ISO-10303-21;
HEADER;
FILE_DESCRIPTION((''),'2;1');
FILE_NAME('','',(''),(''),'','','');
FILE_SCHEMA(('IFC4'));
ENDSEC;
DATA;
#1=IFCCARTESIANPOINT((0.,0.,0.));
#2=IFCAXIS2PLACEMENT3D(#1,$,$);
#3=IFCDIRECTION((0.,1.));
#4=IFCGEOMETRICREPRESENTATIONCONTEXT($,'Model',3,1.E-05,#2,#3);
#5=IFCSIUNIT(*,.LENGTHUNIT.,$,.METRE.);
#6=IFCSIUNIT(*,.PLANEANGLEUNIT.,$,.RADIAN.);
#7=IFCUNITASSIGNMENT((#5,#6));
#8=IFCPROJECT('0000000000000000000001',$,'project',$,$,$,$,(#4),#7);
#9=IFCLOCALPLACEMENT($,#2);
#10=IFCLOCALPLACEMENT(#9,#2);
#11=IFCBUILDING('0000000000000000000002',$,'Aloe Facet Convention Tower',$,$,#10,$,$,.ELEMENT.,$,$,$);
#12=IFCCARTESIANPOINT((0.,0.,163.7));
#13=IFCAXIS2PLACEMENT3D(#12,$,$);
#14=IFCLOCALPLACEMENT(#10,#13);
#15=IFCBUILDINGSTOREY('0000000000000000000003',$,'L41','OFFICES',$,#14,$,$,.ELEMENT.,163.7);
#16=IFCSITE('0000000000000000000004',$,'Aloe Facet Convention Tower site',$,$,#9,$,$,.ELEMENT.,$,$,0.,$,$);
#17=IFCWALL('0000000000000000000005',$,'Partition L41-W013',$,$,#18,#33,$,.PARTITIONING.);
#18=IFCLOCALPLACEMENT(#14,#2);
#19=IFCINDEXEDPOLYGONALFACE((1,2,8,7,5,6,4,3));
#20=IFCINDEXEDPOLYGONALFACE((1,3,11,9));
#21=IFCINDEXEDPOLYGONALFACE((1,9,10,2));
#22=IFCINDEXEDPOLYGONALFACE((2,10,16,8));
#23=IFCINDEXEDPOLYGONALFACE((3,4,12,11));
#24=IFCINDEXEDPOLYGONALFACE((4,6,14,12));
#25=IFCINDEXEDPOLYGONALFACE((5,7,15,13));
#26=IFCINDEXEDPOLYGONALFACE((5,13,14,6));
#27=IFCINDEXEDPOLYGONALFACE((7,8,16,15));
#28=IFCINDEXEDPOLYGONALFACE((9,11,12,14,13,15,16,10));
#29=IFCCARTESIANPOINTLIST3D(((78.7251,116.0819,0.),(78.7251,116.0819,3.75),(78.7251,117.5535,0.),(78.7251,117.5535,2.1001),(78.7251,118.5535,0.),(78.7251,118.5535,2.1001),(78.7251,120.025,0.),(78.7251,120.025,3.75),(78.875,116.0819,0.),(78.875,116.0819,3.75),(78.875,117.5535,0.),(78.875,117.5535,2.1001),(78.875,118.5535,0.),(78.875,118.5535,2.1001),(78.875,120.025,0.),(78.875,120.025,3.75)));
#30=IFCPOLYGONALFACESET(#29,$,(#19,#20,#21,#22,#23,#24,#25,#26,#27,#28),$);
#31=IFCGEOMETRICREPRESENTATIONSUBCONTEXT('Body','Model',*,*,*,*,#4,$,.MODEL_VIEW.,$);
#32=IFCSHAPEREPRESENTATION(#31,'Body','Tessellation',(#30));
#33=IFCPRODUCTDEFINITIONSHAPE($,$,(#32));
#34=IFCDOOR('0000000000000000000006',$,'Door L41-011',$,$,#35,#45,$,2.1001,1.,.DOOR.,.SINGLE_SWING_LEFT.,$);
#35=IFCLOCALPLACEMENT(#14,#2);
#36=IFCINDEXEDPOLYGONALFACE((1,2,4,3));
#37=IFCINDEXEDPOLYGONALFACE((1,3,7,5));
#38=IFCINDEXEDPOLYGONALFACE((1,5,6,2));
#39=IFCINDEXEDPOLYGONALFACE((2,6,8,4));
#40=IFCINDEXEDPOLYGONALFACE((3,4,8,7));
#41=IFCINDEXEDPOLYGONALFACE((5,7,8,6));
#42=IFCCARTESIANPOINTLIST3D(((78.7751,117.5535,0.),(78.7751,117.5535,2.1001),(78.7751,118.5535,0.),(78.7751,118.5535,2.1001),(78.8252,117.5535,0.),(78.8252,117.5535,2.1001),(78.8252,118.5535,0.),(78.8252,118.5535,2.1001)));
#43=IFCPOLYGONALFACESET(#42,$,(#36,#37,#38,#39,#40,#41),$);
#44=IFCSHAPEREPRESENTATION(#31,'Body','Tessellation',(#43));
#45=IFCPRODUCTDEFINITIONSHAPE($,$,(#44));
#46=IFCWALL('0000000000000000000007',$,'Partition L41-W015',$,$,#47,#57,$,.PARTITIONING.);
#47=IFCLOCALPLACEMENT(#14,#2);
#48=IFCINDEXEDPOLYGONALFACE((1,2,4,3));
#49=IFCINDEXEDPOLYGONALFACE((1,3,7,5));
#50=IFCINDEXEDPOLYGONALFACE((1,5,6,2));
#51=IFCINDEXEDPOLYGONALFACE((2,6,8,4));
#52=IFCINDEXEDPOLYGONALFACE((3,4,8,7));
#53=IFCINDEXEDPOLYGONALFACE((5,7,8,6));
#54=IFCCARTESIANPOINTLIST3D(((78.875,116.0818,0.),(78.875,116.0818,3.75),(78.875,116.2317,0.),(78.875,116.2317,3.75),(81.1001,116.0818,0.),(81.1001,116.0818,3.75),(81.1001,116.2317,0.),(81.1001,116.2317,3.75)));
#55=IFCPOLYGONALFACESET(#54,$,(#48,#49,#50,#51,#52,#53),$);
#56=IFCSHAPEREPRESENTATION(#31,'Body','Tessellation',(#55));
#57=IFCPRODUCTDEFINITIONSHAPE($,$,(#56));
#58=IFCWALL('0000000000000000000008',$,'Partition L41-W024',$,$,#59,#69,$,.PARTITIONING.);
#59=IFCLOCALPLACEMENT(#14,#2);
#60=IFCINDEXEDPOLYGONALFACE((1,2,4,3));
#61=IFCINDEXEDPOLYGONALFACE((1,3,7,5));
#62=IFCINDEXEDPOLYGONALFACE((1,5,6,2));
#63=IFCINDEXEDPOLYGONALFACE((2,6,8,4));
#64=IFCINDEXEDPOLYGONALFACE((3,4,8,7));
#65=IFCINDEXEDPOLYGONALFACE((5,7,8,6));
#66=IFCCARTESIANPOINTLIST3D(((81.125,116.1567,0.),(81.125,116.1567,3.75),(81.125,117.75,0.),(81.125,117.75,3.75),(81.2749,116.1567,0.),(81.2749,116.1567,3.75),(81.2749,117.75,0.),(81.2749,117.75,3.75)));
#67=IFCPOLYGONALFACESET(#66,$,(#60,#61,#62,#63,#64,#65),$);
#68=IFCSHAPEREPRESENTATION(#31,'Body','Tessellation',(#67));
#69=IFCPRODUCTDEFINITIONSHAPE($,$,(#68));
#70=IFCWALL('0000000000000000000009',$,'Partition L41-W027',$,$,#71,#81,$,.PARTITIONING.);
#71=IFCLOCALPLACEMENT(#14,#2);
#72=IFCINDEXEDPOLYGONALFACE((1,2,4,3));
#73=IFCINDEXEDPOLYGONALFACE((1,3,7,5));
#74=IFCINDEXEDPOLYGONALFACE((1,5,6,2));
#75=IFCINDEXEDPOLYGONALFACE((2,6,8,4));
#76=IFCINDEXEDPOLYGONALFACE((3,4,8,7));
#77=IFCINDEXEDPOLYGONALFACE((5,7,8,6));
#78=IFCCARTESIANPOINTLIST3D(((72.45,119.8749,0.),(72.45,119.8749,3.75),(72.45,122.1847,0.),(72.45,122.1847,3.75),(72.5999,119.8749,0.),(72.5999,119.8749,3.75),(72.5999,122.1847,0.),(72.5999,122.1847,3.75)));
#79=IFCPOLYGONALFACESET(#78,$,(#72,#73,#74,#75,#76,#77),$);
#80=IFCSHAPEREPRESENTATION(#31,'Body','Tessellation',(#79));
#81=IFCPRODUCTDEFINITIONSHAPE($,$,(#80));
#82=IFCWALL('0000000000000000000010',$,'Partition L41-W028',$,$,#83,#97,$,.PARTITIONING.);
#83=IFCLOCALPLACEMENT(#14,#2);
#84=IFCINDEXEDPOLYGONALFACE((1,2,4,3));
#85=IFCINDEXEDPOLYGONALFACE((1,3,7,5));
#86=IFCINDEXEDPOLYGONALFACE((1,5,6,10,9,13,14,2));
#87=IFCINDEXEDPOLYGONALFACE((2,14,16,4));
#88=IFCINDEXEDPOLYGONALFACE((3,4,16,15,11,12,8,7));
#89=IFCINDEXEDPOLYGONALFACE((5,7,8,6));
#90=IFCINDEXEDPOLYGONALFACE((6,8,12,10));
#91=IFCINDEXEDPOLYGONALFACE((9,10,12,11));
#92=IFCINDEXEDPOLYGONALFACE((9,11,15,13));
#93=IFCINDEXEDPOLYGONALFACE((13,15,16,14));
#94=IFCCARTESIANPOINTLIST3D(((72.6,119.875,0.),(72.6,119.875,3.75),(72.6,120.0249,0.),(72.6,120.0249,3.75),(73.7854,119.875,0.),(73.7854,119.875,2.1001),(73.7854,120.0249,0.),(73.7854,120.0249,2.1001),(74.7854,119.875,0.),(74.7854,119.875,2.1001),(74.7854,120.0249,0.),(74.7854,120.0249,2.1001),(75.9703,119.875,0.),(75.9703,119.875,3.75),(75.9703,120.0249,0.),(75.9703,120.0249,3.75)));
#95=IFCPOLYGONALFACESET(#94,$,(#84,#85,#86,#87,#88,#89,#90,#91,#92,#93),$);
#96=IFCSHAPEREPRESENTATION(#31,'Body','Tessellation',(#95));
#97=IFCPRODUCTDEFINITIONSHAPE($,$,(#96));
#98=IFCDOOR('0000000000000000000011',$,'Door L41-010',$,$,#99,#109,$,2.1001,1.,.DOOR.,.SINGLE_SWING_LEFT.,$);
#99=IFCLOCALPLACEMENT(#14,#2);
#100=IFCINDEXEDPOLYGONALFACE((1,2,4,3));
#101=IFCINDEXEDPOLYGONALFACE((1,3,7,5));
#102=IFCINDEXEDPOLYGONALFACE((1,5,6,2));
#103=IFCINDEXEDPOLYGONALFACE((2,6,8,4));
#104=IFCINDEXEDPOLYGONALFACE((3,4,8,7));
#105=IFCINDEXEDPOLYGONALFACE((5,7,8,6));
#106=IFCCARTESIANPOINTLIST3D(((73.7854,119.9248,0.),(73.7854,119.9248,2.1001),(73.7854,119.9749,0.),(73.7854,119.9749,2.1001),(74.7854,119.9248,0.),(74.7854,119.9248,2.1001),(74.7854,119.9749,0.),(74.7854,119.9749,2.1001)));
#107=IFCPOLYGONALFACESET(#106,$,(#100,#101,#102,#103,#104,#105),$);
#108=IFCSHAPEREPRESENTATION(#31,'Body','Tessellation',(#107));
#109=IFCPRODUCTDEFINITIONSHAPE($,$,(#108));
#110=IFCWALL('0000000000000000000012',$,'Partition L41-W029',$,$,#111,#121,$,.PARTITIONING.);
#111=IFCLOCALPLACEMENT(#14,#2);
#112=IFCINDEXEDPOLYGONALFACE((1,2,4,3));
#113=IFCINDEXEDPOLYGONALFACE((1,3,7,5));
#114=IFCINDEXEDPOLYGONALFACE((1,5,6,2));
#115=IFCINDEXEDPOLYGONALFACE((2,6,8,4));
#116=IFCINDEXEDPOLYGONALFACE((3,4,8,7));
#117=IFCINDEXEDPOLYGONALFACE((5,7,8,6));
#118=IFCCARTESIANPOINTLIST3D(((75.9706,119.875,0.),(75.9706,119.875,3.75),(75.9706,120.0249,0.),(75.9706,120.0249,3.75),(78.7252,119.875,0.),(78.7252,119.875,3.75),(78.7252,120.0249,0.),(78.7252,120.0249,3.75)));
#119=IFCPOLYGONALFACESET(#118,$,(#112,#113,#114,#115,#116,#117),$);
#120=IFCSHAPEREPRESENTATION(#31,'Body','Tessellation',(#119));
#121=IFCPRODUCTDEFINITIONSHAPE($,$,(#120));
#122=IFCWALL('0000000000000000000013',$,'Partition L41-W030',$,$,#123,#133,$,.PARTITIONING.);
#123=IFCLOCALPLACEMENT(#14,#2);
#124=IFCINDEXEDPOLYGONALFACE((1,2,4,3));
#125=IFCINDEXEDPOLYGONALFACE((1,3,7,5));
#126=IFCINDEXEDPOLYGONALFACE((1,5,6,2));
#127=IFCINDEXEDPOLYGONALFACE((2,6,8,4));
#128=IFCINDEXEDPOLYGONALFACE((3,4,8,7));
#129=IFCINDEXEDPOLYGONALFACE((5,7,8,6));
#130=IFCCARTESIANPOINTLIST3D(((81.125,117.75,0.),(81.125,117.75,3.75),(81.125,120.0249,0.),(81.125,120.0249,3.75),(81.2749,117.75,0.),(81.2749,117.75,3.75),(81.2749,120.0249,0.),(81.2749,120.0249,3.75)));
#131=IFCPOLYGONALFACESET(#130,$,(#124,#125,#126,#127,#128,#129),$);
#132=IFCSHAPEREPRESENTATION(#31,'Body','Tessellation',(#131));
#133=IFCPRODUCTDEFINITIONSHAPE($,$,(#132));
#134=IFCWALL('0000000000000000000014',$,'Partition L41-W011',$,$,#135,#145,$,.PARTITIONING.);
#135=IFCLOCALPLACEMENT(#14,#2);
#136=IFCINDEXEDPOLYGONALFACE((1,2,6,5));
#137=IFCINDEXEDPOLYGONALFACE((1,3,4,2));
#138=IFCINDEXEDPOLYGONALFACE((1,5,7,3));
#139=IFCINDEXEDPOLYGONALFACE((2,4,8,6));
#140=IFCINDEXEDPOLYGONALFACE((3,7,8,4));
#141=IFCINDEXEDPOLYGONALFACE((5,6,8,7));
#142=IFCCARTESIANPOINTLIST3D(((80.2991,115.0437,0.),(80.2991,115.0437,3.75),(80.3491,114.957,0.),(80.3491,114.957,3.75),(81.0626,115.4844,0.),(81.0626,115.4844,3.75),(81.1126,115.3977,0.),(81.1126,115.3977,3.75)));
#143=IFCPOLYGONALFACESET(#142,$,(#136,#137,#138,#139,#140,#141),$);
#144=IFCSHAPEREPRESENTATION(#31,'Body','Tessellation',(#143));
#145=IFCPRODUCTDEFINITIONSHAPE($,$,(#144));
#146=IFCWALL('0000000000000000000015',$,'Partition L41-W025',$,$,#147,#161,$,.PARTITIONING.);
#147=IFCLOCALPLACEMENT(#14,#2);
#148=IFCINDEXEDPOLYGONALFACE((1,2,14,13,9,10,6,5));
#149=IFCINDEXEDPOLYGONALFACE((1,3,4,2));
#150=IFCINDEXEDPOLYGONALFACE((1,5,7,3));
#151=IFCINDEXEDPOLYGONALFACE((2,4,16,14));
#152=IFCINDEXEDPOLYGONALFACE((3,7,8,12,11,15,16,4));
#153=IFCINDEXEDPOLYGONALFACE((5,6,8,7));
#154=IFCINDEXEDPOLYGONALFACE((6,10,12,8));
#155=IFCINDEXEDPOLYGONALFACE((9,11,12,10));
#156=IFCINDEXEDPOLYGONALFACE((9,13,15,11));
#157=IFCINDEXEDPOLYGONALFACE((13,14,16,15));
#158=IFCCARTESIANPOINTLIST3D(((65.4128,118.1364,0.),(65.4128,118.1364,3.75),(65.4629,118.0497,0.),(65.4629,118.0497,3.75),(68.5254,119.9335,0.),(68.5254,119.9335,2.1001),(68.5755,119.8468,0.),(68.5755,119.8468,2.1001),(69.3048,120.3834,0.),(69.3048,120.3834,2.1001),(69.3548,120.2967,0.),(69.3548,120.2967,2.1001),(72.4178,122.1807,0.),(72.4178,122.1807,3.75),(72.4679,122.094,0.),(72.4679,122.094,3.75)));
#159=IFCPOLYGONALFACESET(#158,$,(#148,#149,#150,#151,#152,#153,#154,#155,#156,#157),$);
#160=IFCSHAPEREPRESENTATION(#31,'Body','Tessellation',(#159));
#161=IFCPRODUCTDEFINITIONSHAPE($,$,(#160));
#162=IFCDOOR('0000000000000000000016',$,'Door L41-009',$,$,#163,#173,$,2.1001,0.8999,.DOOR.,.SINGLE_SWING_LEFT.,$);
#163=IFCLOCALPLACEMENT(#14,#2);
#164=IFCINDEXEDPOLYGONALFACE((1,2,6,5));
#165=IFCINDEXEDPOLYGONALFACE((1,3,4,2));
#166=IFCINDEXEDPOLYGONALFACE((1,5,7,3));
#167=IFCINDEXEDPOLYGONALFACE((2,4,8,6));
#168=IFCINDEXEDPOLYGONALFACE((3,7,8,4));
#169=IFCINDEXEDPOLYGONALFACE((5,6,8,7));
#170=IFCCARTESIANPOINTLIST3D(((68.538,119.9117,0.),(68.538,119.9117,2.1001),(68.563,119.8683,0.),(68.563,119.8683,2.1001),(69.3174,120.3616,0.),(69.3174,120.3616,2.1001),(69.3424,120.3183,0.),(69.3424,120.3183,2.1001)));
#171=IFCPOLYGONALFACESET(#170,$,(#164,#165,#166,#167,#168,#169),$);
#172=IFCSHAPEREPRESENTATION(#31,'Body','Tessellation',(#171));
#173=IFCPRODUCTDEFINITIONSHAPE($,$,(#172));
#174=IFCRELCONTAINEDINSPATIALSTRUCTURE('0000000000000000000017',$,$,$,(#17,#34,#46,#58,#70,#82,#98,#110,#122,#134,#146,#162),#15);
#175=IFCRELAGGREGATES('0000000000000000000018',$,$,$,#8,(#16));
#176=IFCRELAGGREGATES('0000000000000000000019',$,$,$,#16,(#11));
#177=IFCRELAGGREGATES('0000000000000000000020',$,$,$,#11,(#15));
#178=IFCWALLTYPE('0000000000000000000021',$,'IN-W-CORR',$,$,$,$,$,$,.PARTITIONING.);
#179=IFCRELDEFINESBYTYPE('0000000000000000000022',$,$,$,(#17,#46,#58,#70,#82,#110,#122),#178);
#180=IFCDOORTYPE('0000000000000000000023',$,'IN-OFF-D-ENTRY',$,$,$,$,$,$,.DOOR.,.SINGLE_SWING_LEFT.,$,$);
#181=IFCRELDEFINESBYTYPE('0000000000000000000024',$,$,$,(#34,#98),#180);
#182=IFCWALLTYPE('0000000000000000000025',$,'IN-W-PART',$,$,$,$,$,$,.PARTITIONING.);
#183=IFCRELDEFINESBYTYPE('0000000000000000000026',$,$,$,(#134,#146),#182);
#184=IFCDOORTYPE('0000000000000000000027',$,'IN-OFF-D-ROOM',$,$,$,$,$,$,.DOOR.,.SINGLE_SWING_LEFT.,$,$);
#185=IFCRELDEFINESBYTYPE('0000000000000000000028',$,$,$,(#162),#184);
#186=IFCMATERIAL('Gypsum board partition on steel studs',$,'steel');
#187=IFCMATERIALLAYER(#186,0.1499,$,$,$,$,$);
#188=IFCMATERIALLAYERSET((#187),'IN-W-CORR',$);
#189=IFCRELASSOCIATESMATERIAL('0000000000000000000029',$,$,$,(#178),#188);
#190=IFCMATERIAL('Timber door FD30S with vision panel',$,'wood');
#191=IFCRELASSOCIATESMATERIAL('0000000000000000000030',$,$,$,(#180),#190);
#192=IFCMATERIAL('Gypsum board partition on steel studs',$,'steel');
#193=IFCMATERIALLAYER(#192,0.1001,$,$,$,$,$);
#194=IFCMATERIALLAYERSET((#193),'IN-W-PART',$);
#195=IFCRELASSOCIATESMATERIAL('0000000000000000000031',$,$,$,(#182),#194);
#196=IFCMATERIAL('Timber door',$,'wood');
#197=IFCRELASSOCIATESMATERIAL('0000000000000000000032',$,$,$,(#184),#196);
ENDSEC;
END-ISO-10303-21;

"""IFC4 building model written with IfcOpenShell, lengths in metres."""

from ifc_helpers import new_model, si_unit, direction, frame, frame_2d, origin, place, context, subcontext, project, spatial, rectangle, extrude, material, layer, layer_set, type_object, element, fill, save


model = new_model("IFC4")

# Units and contexts
model_context = context("Model", 3, precision=1e-05, world=origin(), true_north=direction((0.0, 1.0)))
body_context = subcontext(model_context, "Body", "Model", "MODEL_VIEW")
ifc_project = project(units=[si_unit("LENGTHUNIT", "METRE"), si_unit("PLANEANGLEUNIT", "RADIAN")], contexts=[model_context])

# Site, building, storey
site_placement = place(None, origin())
site = spatial("IfcSite", under=ifc_project, at=site_placement, Name="Aloe Facet Convention Tower site", CompositionType="ELEMENT", RefElevation=0.0)
building_placement = place(site_placement, origin())
building = spatial("IfcBuilding", under=site, at=building_placement, Name="Aloe Facet Convention Tower", CompositionType="ELEMENT")
storey_placement = place(building_placement, frame((0.0, 0.0, 163.7)))
storey = spatial("IfcBuildingStorey", under=building, at=storey_placement, Name="L41", Description="OFFICES", CompositionType="ELEMENT", Elevation=163.7)

# Wall, opening, door
ifc_material_1 = material(Name="Gypsum board partition on steel studs", Category="steel")
ifc_layer_1 = layer(ifc_material_1, 0.1499)
ifc_layer_set_1 = layer_set([ifc_layer_1], Name="IN-W-CORR")
wall_type_1 = type_object("IfcWallType", Name="IN-W-CORR", PredefinedType="PARTITIONING", material=ifc_layer_set_1)
wall_1_placement = place(storey_placement, frame((78.8, 116.0818, 0.0), z_axis=(0.0, 0.0, 1.0), x_axis=(0.0, 1.0, 0.0)))
wall_1 = element("IfcWall", 1, at=wall_1_placement, inside=storey, type_object=wall_type_1, Name="Partition L41-W013", PredefinedType="PARTITIONING", context=body_context, shape_type="SweptSolid", body=[
    extrude(rectangle(XDim=3.9431, YDim=0.1499, at=frame_2d((1.9717, 0.0))), origin(), (0.0, 0.0, 1.0), 3.75),
])
opening_1_placement = place(wall_1_placement, frame((1.4717, 0.0, 0.0)))
opening_1 = element("IfcOpeningElement", 2, at=opening_1_placement, cuts=wall_1, PredefinedType="OPENING", context=body_context, shape_type="SweptSolid", body=[
    extrude(rectangle(XDim=1.0, YDim=2.1001, at=frame_2d((0.5, 1.05))), frame((0.0, 0.085, 0.0), z_axis=(0.0, -1.0, 0.0), x_axis=(1.0, 0.0, 0.0)), (0.0, 0.0, 1.0), 0.1699),
])
ifc_material_2 = material(Name="Timber door FD30S with vision panel", Category="wood")
door_type_1 = type_object("IfcDoorType", Name="IN-OFF-D-ENTRY", OperationType="SINGLE_SWING_LEFT", PredefinedType="DOOR", material=ifc_material_2)
door_1_placement = place(opening_1_placement, origin())
door_1 = element("IfcDoor", 3, at=door_1_placement, inside=storey, type_object=door_type_1, Name="Door L41-011", OperationType="SINGLE_SWING_LEFT", OverallHeight=2.1001, OverallWidth=1.0, PredefinedType="DOOR", context=body_context, shape_type="SweptSolid", body=[
    extrude(rectangle(XDim=1.0, YDim=2.1001, at=frame_2d((0.5, 1.05))), frame((0.0, 0.0249, 0.0), z_axis=(0.0, -1.0, 0.0), x_axis=(1.0, 0.0, 0.0)), (0.0, 0.0, 1.0), 0.05),
])
fill(opening_1, door_1)

# Walls
wall_2_placement = place(storey_placement, frame((78.875, 116.1567, 0.0), z_axis=(0.0, 0.0, 1.0), x_axis=(1.0, 0.0, 0.0)))
element("IfcWall", 4, at=wall_2_placement, inside=storey, type_object=wall_type_1, Name="Partition L41-W015", PredefinedType="PARTITIONING", context=body_context, shape_type="SweptSolid", body=[
    extrude(rectangle(XDim=2.2251, YDim=0.1499, at=frame_2d((1.1125, 0.0))), origin(), (0.0, 0.0, 1.0), 3.75),
])
wall_3_placement = place(storey_placement, frame((81.2, 116.1567, 0.0), z_axis=(0.0, 0.0, 1.0), x_axis=(0.0, 1.0, 0.0)))
element("IfcWall", 5, at=wall_3_placement, inside=storey, type_object=wall_type_1, Name="Partition L41-W024", PredefinedType="PARTITIONING", context=body_context, shape_type="SweptSolid", body=[
    extrude(rectangle(XDim=1.5933, YDim=0.1499, at=frame_2d((0.7966, 0.0))), origin(), (0.0, 0.0, 1.0), 3.75),
])
wall_4_placement = place(storey_placement, frame((72.5249, 119.875, 0.0), z_axis=(0.0, 0.0, 1.0), x_axis=(0.0, 1.0, 0.0)))
element("IfcWall", 6, at=wall_4_placement, inside=storey, type_object=wall_type_1, Name="Partition L41-W027", PredefinedType="PARTITIONING", context=body_context, shape_type="SweptSolid", body=[
    extrude(rectangle(XDim=2.3098, YDim=0.1499, at=frame_2d((1.1548, 0.0))), origin(), (0.0, 0.0, 1.0), 3.75),
])

# Wall, opening, door
wall_5_placement = place(storey_placement, frame((72.6001, 119.95, 0.0), z_axis=(0.0, 0.0, 1.0), x_axis=(1.0, 0.0, 0.0)))
wall_5 = element("IfcWall", 7, at=wall_5_placement, inside=storey, type_object=wall_type_1, Name="Partition L41-W028", PredefinedType="PARTITIONING", context=body_context, shape_type="SweptSolid", body=[
    extrude(rectangle(XDim=3.3704, YDim=0.1499, at=frame_2d((1.6851, 0.0))), origin(), (0.0, 0.0, 1.0), 3.75),
])
opening_2_placement = place(wall_5_placement, frame((1.1853, 0.0, 0.0)))
opening_2 = element("IfcOpeningElement", 8, at=opening_2_placement, cuts=wall_5, PredefinedType="OPENING", context=body_context, shape_type="SweptSolid", body=[
    extrude(rectangle(XDim=1.0, YDim=2.1001, at=frame_2d((0.5, 1.05))), frame((0.0, 0.085, 0.0), z_axis=(0.0, -1.0, 0.0), x_axis=(1.0, 0.0, 0.0)), (0.0, 0.0, 1.0), 0.1699),
])
door_2_placement = place(opening_2_placement, origin())
door_2 = element("IfcDoor", 9, at=door_2_placement, inside=storey, type_object=door_type_1, Name="Door L41-010", OperationType="SINGLE_SWING_LEFT", OverallHeight=2.1001, OverallWidth=1.0, PredefinedType="DOOR", context=body_context, shape_type="SweptSolid", body=[
    extrude(rectangle(XDim=1.0, YDim=2.1001, at=frame_2d((0.5, 1.05))), frame((0.0, 0.0249, 0.0), z_axis=(0.0, -1.0, 0.0), x_axis=(1.0, 0.0, 0.0)), (0.0, 0.0, 1.0), 0.05),
])
fill(opening_2, door_2)

# Walls
wall_6_placement = place(storey_placement, frame((75.9705, 119.95, 0.0), z_axis=(0.0, 0.0, 1.0), x_axis=(1.0, 0.0, 0.0)))
element("IfcWall", 10, at=wall_6_placement, inside=storey, type_object=wall_type_1, Name="Partition L41-W029", PredefinedType="PARTITIONING", context=body_context, shape_type="SweptSolid", body=[
    extrude(rectangle(XDim=2.7546, YDim=0.1499, at=frame_2d((1.3774, 0.0))), origin(), (0.0, 0.0, 1.0), 3.75),
])
wall_7_placement = place(storey_placement, frame((81.2, 117.75, 0.0), z_axis=(0.0, 0.0, 1.0), x_axis=(0.0, 1.0, 0.0)))
element("IfcWall", 11, at=wall_7_placement, inside=storey, type_object=wall_type_1, Name="Partition L41-W030", PredefinedType="PARTITIONING", context=body_context, shape_type="SweptSolid", body=[
    extrude(rectangle(XDim=2.2749, YDim=0.1499, at=frame_2d((1.1375, 0.0))), origin(), (0.0, 0.0, 1.0), 3.75),
])
ifc_material_3 = material(Name="Gypsum board partition on steel studs", Category="steel")
ifc_layer_2 = layer(ifc_material_3, 0.1001)
ifc_layer_set_2 = layer_set([ifc_layer_2], Name="IN-W-PART")
wall_type_2 = type_object("IfcWallType", Name="IN-W-PART", PredefinedType="PARTITIONING", material=ifc_layer_set_2)
wall_8_placement = place(storey_placement, frame((80.324, 115.0002, 0.0), z_axis=(0.0, 0.0, 1.0), x_axis=(0.86607, 0.499922, 0.0)))
element("IfcWall", 12, at=wall_8_placement, inside=storey, type_object=wall_type_2, Name="Partition L41-W011", PredefinedType="PARTITIONING", context=body_context, shape_type="SweptSolid", body=[
    extrude(rectangle(XDim=0.8816, YDim=0.1001, at=frame_2d((0.4409, 0.0))), origin(), (0.0, 0.0, 1.0), 3.75),
])

# Wall, opening, door
wall_9_placement = place(storey_placement, frame((65.4377, 118.093, 0.0), z_axis=(0.0, 0.0, 1.0), x_axis=(0.86603, 0.499992, 0.0)))
wall_9 = element("IfcWall", 13, at=wall_9_placement, inside=storey, type_object=wall_type_2, Name="Partition L41-W025", PredefinedType="PARTITIONING", context=body_context, shape_type="SweptSolid", body=[
    extrude(rectangle(XDim=8.0886, YDim=0.1001, at=frame_2d((4.0444, 0.0))), origin(), (0.0, 0.0, 1.0), 3.75),
])
opening_3_placement = place(wall_9_placement, frame((3.5942, 0.0, 0.0)))
opening_3 = element("IfcOpeningElement", 14, at=opening_3_placement, cuts=wall_9, PredefinedType="OPENING", context=body_context, shape_type="SweptSolid", body=[
    extrude(rectangle(XDim=0.8999, YDim=2.1001, at=frame_2d((0.45, 1.05))), frame((0.0, 0.0601, 0.0), z_axis=(0.0, -1.0, 0.0), x_axis=(1.0, 0.0, 0.0)), (0.0, 0.0, 1.0), 0.1201),
])
ifc_material_4 = material(Name="Timber door", Category="wood")
door_type_2 = type_object("IfcDoorType", Name="IN-OFF-D-ROOM", OperationType="SINGLE_SWING_LEFT", PredefinedType="DOOR", material=ifc_material_4)
door_3_placement = place(opening_3_placement, origin())
door_3 = element("IfcDoor", 15, at=door_3_placement, inside=storey, type_object=door_type_2, Name="Door L41-009", OperationType="SINGLE_SWING_LEFT", OverallHeight=2.1001, OverallWidth=0.8999, PredefinedType="DOOR", context=body_context, shape_type="SweptSolid", body=[
    extrude(rectangle(XDim=0.8999, YDim=2.1001, at=frame_2d((0.45, 1.05))), frame((0.0, 0.0249, 0.0), z_axis=(0.0, -1.0, 0.0), x_axis=(1.0, 0.0, 0.0)), (0.0, 0.0, 1.0), 0.05),
])
fill(opening_3, door_3)

save(model, "model.ifc")
